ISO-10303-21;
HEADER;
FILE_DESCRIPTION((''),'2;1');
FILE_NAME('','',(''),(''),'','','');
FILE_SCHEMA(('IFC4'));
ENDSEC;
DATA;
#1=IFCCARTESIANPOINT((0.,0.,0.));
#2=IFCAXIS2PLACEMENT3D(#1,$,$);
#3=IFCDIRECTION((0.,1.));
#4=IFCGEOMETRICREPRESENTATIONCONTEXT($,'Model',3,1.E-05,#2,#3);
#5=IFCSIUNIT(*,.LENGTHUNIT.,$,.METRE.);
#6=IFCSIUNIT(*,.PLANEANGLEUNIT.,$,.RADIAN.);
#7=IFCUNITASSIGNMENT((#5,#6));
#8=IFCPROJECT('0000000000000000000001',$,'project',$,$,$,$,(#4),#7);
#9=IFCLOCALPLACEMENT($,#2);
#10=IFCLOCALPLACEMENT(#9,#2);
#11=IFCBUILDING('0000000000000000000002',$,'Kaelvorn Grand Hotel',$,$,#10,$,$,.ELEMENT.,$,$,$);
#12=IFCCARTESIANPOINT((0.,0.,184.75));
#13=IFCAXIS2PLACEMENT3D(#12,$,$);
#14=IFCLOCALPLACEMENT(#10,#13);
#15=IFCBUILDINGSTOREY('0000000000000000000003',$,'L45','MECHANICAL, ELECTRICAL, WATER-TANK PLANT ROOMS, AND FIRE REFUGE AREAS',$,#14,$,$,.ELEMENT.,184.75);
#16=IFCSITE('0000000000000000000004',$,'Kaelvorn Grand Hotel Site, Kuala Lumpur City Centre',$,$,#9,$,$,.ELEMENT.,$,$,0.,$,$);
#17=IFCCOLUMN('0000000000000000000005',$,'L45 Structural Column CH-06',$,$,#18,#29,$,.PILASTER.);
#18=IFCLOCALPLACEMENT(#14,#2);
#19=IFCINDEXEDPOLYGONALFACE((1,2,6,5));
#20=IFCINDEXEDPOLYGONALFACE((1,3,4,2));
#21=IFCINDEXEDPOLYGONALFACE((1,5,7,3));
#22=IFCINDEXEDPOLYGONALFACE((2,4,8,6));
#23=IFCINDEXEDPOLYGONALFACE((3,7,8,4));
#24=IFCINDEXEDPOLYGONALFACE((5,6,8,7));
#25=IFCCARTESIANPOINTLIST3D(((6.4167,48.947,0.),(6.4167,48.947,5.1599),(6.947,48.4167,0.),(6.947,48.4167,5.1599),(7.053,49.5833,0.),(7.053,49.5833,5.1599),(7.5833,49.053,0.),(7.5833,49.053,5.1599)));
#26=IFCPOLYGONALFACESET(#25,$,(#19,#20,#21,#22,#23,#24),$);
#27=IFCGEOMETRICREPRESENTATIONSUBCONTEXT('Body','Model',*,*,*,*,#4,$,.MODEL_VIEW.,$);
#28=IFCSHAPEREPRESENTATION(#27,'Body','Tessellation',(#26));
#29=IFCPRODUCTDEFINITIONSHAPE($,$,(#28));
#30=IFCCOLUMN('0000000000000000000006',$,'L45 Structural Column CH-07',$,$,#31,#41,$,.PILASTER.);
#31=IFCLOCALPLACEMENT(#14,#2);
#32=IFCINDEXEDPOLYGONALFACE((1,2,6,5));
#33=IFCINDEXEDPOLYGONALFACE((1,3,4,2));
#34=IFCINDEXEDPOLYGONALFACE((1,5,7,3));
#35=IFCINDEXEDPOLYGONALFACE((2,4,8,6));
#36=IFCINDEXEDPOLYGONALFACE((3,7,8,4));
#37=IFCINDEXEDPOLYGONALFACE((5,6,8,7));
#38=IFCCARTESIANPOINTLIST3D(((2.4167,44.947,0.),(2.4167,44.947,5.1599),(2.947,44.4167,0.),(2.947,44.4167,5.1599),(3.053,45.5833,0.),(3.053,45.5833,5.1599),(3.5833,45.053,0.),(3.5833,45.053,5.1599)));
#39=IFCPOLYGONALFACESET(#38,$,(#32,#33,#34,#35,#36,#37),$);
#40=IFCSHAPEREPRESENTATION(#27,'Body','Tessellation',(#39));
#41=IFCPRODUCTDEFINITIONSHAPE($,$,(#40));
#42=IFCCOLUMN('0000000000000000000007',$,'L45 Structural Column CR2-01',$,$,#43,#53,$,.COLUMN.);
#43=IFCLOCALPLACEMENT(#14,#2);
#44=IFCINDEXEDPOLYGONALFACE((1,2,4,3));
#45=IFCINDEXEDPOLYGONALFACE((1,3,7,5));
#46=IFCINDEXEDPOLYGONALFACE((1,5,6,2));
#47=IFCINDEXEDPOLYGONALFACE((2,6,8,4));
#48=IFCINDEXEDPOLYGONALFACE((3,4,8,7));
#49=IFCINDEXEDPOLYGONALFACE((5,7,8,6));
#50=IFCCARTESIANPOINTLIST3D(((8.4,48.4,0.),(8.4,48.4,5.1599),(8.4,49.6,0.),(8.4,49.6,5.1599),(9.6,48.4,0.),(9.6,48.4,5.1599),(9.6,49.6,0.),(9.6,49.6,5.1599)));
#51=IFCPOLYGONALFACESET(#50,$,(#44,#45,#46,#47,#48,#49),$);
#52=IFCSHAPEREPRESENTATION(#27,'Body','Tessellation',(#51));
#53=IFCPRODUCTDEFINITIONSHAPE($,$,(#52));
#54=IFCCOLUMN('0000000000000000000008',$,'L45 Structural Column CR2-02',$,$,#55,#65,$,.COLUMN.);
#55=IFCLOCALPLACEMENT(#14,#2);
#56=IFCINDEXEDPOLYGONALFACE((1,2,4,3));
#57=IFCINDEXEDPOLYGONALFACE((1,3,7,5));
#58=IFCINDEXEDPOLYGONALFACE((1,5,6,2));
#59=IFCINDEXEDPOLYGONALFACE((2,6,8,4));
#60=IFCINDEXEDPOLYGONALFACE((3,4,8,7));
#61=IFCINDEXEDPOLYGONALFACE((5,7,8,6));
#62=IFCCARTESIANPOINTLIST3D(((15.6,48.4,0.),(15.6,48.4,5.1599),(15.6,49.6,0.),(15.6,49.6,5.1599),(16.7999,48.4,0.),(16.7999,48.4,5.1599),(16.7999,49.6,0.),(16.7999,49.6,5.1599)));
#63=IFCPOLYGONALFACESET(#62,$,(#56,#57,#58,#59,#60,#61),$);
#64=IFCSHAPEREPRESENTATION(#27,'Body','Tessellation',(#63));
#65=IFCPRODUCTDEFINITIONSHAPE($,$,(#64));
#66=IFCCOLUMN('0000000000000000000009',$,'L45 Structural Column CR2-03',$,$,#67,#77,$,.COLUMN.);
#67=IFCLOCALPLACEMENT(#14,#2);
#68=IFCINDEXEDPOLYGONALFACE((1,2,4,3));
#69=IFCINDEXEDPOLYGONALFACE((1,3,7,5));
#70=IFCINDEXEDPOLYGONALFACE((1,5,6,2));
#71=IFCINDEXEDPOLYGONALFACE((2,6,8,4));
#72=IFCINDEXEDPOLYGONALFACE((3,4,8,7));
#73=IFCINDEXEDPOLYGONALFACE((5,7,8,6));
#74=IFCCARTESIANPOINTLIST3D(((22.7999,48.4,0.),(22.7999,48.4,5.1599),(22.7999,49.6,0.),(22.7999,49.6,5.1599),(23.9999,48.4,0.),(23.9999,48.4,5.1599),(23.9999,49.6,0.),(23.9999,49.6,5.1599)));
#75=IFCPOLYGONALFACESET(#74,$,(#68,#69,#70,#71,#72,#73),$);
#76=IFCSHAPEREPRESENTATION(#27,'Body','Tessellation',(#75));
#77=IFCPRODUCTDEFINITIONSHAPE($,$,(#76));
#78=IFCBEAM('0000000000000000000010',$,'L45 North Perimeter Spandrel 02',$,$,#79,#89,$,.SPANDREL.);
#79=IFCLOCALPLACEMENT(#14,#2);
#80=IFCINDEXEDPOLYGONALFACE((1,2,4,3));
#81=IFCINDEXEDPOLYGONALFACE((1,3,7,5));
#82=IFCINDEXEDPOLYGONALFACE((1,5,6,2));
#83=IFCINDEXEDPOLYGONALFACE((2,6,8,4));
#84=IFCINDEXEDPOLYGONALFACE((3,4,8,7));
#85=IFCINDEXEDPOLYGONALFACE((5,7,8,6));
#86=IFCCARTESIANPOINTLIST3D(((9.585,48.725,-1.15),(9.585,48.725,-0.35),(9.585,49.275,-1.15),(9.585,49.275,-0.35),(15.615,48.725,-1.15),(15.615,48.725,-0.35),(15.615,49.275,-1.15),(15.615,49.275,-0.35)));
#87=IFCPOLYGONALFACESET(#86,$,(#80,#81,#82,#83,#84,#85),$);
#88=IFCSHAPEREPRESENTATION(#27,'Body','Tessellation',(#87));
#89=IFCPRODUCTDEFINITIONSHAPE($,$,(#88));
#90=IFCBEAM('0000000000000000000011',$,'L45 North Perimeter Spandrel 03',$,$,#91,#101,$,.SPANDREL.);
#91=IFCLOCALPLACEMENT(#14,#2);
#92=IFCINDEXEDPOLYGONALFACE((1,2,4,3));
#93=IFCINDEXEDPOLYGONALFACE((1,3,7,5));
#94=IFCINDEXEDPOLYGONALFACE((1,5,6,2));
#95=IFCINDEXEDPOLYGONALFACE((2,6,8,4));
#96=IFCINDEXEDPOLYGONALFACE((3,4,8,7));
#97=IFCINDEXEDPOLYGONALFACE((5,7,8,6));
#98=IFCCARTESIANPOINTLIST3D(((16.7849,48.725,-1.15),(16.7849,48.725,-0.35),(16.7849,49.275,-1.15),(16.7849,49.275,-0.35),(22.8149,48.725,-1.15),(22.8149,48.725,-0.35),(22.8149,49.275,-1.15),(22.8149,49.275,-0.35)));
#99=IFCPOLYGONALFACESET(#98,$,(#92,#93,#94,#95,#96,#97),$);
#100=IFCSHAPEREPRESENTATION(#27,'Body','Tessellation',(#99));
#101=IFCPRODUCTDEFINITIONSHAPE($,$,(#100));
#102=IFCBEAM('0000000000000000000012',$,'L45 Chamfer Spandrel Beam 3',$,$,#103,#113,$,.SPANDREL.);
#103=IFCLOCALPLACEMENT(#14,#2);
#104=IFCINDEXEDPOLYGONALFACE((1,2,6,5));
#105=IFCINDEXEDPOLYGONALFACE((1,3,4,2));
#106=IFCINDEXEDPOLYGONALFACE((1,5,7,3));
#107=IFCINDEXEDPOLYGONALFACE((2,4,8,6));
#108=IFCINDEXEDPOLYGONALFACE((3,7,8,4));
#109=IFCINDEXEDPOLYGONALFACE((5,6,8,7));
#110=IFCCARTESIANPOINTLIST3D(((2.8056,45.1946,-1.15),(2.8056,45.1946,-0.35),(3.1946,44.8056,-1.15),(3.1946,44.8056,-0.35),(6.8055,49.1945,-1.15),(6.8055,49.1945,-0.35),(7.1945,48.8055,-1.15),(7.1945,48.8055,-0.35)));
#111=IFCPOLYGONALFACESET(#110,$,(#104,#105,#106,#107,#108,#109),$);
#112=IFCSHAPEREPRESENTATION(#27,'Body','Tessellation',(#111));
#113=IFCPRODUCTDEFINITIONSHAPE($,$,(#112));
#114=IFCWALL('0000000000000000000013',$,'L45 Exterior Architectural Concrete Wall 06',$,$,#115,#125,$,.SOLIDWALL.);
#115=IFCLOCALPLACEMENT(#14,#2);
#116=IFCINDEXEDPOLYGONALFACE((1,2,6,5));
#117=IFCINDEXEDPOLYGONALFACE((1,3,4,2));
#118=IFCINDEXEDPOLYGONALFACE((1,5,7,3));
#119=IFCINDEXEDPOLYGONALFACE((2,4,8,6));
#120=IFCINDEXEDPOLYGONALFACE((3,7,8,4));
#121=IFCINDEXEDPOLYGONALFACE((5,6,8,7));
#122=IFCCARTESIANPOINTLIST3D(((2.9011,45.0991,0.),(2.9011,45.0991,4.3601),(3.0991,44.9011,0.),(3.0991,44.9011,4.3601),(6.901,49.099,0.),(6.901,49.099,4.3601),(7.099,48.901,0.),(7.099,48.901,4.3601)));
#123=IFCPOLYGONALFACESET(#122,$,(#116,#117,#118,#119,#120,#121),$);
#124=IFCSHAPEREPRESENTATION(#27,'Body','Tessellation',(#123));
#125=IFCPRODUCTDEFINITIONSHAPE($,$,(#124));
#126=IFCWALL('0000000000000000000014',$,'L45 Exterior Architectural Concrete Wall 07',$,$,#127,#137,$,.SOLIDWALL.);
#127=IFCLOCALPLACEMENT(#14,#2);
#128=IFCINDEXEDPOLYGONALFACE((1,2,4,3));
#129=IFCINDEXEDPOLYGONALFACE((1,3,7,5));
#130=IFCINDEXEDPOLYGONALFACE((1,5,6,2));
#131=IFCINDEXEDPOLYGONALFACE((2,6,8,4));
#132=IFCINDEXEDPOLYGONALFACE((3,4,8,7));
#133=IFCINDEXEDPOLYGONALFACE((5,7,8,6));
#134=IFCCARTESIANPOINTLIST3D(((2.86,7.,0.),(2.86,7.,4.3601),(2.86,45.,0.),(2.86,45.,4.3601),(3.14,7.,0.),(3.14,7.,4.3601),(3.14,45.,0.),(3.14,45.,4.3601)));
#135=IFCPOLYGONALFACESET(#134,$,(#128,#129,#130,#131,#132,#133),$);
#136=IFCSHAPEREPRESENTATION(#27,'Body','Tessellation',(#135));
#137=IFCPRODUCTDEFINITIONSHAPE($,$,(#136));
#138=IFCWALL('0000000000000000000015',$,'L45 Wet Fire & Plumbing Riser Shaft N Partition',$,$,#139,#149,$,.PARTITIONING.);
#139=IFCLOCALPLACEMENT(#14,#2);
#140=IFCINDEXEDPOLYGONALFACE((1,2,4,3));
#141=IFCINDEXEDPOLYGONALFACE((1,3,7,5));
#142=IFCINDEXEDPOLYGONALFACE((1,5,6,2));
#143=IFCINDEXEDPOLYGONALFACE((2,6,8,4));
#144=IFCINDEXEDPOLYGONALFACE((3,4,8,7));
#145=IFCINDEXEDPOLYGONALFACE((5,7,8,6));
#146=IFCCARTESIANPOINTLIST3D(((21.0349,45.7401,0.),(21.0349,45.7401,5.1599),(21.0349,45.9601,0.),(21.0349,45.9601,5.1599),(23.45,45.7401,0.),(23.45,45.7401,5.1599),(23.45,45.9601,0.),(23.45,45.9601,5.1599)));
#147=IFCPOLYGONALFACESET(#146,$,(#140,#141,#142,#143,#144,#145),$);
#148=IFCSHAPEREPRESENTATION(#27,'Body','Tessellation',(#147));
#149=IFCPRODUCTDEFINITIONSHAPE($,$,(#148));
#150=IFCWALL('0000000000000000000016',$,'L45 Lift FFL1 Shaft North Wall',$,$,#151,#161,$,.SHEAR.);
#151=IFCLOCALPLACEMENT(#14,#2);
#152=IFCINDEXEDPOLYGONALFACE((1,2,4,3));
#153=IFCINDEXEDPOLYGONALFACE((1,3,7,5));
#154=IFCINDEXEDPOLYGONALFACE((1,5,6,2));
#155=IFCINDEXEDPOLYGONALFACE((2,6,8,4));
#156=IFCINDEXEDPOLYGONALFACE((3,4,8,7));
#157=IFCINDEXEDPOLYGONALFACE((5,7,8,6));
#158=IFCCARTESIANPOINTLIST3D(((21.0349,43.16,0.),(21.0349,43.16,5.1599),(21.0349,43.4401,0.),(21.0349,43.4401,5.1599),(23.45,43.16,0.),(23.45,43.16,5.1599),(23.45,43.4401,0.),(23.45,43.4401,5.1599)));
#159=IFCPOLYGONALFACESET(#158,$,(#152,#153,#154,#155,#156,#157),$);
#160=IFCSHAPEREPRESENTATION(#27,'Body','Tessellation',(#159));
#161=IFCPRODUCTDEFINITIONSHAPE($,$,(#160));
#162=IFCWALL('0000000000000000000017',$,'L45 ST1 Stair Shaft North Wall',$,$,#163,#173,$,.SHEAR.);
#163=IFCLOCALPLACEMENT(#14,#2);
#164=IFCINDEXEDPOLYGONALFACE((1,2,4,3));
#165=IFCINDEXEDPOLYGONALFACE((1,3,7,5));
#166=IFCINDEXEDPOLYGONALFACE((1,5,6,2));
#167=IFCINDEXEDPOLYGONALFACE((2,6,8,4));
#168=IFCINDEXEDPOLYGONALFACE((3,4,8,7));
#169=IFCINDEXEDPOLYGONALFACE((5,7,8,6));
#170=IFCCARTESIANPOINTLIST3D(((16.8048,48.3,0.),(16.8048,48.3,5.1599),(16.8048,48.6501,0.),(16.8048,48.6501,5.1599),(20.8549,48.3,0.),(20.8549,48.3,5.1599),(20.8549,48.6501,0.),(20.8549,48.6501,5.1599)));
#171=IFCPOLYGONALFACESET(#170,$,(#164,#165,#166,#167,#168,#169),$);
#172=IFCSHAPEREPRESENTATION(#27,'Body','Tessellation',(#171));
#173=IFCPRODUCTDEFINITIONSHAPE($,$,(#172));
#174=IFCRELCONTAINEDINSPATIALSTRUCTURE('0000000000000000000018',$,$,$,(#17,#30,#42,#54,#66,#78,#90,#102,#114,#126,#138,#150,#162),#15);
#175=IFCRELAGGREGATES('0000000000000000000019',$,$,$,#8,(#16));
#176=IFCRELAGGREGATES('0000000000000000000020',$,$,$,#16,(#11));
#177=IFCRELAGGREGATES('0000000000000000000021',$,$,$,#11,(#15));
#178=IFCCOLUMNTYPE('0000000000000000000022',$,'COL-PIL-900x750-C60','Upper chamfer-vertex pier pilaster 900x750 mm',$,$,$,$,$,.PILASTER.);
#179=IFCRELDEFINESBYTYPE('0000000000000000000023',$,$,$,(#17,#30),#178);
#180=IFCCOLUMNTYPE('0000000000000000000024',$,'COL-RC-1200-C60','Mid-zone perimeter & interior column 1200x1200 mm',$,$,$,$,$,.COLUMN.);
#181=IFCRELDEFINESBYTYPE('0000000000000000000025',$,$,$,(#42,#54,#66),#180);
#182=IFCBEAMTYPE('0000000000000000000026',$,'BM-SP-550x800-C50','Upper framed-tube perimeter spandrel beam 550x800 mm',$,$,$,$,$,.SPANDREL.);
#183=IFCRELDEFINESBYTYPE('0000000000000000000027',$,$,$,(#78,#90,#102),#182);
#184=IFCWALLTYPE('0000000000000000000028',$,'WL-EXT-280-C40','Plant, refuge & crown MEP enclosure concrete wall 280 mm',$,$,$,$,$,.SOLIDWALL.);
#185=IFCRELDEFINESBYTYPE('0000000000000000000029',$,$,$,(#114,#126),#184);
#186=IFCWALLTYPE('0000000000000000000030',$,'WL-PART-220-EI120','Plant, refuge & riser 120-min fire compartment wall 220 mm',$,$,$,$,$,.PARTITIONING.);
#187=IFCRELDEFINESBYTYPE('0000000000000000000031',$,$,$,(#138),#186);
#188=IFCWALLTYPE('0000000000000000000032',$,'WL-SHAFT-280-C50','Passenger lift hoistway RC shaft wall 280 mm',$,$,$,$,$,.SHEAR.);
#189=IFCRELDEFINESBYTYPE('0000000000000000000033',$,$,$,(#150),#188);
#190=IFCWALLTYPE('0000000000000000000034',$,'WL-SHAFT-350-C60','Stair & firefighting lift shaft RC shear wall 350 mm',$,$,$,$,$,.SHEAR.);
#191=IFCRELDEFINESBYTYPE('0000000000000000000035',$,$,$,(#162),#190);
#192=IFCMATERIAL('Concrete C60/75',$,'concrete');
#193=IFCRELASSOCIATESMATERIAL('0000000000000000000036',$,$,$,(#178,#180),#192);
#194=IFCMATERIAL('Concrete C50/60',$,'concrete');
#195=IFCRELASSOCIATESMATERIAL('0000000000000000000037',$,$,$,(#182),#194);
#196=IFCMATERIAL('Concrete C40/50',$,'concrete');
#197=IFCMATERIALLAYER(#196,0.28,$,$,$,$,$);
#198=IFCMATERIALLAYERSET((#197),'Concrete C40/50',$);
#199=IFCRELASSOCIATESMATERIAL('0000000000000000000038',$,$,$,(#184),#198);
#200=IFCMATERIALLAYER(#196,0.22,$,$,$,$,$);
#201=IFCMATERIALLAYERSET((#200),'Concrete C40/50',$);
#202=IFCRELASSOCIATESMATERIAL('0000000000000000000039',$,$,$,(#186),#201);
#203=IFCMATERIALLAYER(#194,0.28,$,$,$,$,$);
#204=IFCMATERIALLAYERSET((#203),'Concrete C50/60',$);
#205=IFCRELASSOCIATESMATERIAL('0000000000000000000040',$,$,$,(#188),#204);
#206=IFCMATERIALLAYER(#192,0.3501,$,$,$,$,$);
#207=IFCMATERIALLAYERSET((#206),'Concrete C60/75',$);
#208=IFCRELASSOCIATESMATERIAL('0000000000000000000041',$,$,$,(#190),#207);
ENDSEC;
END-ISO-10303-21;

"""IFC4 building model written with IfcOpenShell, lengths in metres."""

from ifc_helpers import new_model, si_unit, direction, frame, frame_2d, origin, origin_2d, place, context, subcontext, project, spatial, rectangle, extrude, material, layer, layer_set, material_profile, profile_set, type_object, element, save


model = new_model("IFC4")

# Units and contexts
model_context = context("Model", 3, precision=1e-05, world=origin(), true_north=direction((0.0, 1.0)))
body_context = subcontext(model_context, "Body", "Model", "MODEL_VIEW")
ifc_project = project(units=[si_unit("LENGTHUNIT", "METRE"), si_unit("PLANEANGLEUNIT", "RADIAN")], contexts=[model_context])

# Site, building, storey
site_placement = place(None, origin())
site = spatial("IfcSite", under=ifc_project, at=site_placement, Name="Kaelvorn Grand Hotel Site, Kuala Lumpur City Centre", CompositionType="ELEMENT", RefElevation=0.0)
building_placement = place(site_placement, origin())
building = spatial("IfcBuilding", under=site, at=building_placement, Name="Kaelvorn Grand Hotel", CompositionType="ELEMENT")
storey_placement = place(building_placement, frame((0.0, 0.0, 184.75)))
storey = spatial("IfcBuildingStorey", under=building, at=storey_placement, Name="L45", Description="MECHANICAL, ELECTRICAL, WATER-TANK PLANT ROOMS, AND FIRE REFUGE AREAS", CompositionType="ELEMENT", Elevation=184.75)

# Columns
ifc_material_1 = material(Name="Concrete C60/75", Category="concrete")
ifc_material_profile_1 = material_profile(ifc_material_1, rectangle(XDim=0.8999, YDim=0.75, at=origin_2d()), Name="RC PILASTER 900x750")
ifc_profile_set_1 = profile_set([ifc_material_profile_1], Name="Concrete C60/75")
column_type_1 = type_object("IfcColumnType", Name="COL-PIL-900x750-C60", Description="Upper chamfer-vertex pier pilaster 900x750 mm", PredefinedType="PILASTER", material=ifc_profile_set_1)
for number, where, z_axis, x_axis, name in (
    (1, (7.0, 49.0, 0.0), (0.0, 0.0, 1.0), (0.707107, 0.707107, 0.0), "L45 Structural Column CH-06"),
    (2, (3.0, 45.0, 0.0), (0.0, 0.0, 1.0), (0.707107, 0.707107, 0.0), "L45 Structural Column CH-07"),
):
    element("IfcColumn", number, at=place(storey_placement, frame(where, z_axis=z_axis, x_axis=x_axis)), inside=storey, type_object=column_type_1, Name=name, PredefinedType="PILASTER", context=body_context, shape_type="SweptSolid", body=[
        extrude(rectangle(XDim=0.8999, YDim=0.75, at=origin_2d()), origin(), (0.0, 0.0, 1.0), 5.1599),
    ])
ifc_material_profile_2 = material_profile(ifc_material_1, rectangle(XDim=1.2, YDim=1.2, at=origin_2d()), Name="RC COL 1200x1200")
ifc_profile_set_2 = profile_set([ifc_material_profile_2], Name="Concrete C60/75")
column_type_2 = type_object("IfcColumnType", Name="COL-RC-1200-C60", Description="Mid-zone perimeter & interior column 1200x1200 mm", PredefinedType="COLUMN", material=ifc_profile_set_2)
for number, where, z_axis, x_axis, name in (
    (3, (9.0, 49.0, 0.0), (0.0, 0.0, 1.0), (1.0, 0.0, 0.0), "L45 Structural Column CR2-01"),
    (4, (16.2, 49.0, 0.0), (0.0, 0.0, 1.0), (1.0, 0.0, 0.0), "L45 Structural Column CR2-02"),
    (5, (23.3999, 49.0, 0.0), (0.0, 0.0, 1.0), (1.0, 0.0, 0.0), "L45 Structural Column CR2-03"),
):
    element("IfcColumn", number, at=place(storey_placement, frame(where, z_axis=z_axis, x_axis=x_axis)), inside=storey, type_object=column_type_2, Name=name, PredefinedType="COLUMN", context=body_context, shape_type="SweptSolid", body=[
        extrude(rectangle(XDim=1.2, YDim=1.2, at=origin_2d()), origin(), (0.0, 0.0, 1.0), 5.1599),
    ])

# Beams
ifc_material_2 = material(Name="Concrete C50/60", Category="concrete")
ifc_material_profile_3 = material_profile(ifc_material_2, rectangle(XDim=0.55, YDim=0.8, at=origin_2d()), Name="RC SPANDREL 550x800")
ifc_profile_set_3 = profile_set([ifc_material_profile_3], Name="Concrete C50/60")
beam_type = type_object("IfcBeamType", Name="BM-SP-550x800-C50", Description="Upper framed-tube perimeter spandrel beam 550x800 mm", PredefinedType="SPANDREL", material=ifc_profile_set_3)
for number, where, z_axis, x_axis, name in (
    (6, (9.585, 49.0, -0.75), (1.0, 0.0, 0.0), (0.0, 1.0, 0.0), "L45 North Perimeter Spandrel 02"),
    (7, (16.7849, 49.0, -0.75), (1.0, 0.0, 0.0), (0.0, 1.0, 0.0), "L45 North Perimeter Spandrel 03"),
):
    element("IfcBeam", number, at=place(storey_placement, frame(where, z_axis=z_axis, x_axis=x_axis)), inside=storey, type_object=beam_type, Name=name, PredefinedType="SPANDREL", context=body_context, shape_type="SweptSolid", body=[
        extrude(rectangle(XDim=0.55, YDim=0.8, at=origin_2d()), origin(), (0.0, 0.0, 1.0), 6.03),
    ])
beam_placement = place(storey_placement, frame((7.0, 49.0, -0.75), z_axis=(-0.707107, -0.707107, 0.0), x_axis=(0.707107, -0.707107, 0.0)))
element("IfcBeam", 8, at=beam_placement, inside=storey, type_object=beam_type, Name="L45 Chamfer Spandrel Beam 3", PredefinedType="SPANDREL", context=body_context, shape_type="SweptSolid", body=[
    extrude(rectangle(XDim=0.55, YDim=0.8, at=origin_2d()), origin(), (0.0, 0.0, 1.0), 5.6567),
])

# Walls
ifc_material_3 = material(Name="Concrete C40/50", Category="concrete")
ifc_layer_1 = layer(ifc_material_3, 0.28)
ifc_layer_set_1 = layer_set([ifc_layer_1], Name="Concrete C40/50")
wall_type_1 = type_object("IfcWallType", Name="WL-EXT-280-C40", Description="Plant, refuge & crown MEP enclosure concrete wall 280 mm", PredefinedType="SOLIDWALL", material=ifc_layer_set_1)
wall_1_placement = place(storey_placement, frame((7.0, 49.0, 0.0), z_axis=(0.0, 0.0, 1.0), x_axis=(-0.707107, -0.707107, 0.0)))
element("IfcWall", 9, at=wall_1_placement, inside=storey, type_object=wall_type_1, Name="L45 Exterior Architectural Concrete Wall 06", PredefinedType="SOLIDWALL", context=body_context, shape_type="SweptSolid", body=[
    extrude(rectangle(XDim=5.6567, YDim=0.28, at=frame_2d((2.8284, 0.0))), origin(), (0.0, 0.0, 1.0), 4.3601),
])
wall_2_placement = place(storey_placement, frame((3.0, 45.0, 0.0), z_axis=(0.0, 0.0, 1.0), x_axis=(0.0, -1.0, 0.0)))
element("IfcWall", 10, at=wall_2_placement, inside=storey, type_object=wall_type_1, Name="L45 Exterior Architectural Concrete Wall 07", PredefinedType="SOLIDWALL", context=body_context, shape_type="SweptSolid", body=[
    extrude(rectangle(XDim=38.0, YDim=0.28, at=frame_2d((19.0, 0.0))), origin(), (0.0, 0.0, 1.0), 4.3601),
])
ifc_layer_2 = layer(ifc_material_3, 0.22)
ifc_layer_set_2 = layer_set([ifc_layer_2], Name="Concrete C40/50")
wall_type_2 = type_object("IfcWallType", Name="WL-PART-220-EI120", Description="Plant, refuge & riser 120-min fire compartment wall 220 mm", PredefinedType="PARTITIONING", material=ifc_layer_set_2)
wall_3_placement = place(storey_placement, frame((21.0349, 45.8501, 0.0), z_axis=(0.0, 0.0, 1.0), x_axis=(1.0, 0.0, 0.0)))
element("IfcWall", 11, at=wall_3_placement, inside=storey, type_object=wall_type_2, Name="L45 Wet Fire & Plumbing Riser Shaft N Partition", PredefinedType="PARTITIONING", context=body_context, shape_type="SweptSolid", body=[
    extrude(rectangle(XDim=2.415, YDim=0.22, at=frame_2d((1.2075, 0.0))), origin(), (0.0, 0.0, 1.0), 5.1599),
])
ifc_layer_3 = layer(ifc_material_2, 0.28)
ifc_layer_set_3 = layer_set([ifc_layer_3], Name="Concrete C50/60")
wall_type_3 = type_object("IfcWallType", Name="WL-SHAFT-280-C50", Description="Passenger lift hoistway RC shaft wall 280 mm", PredefinedType="SHEAR", material=ifc_layer_set_3)
wall_4_placement = place(storey_placement, frame((21.0349, 43.3, 0.0), z_axis=(0.0, 0.0, 1.0), x_axis=(1.0, 0.0, 0.0)))
element("IfcWall", 12, at=wall_4_placement, inside=storey, type_object=wall_type_3, Name="L45 Lift FFL1 Shaft North Wall", PredefinedType="SHEAR", context=body_context, shape_type="SweptSolid", body=[
    extrude(rectangle(XDim=2.415, YDim=0.28, at=frame_2d((1.2075, 0.0))), origin(), (0.0, 0.0, 1.0), 5.1599),
])
ifc_layer_4 = layer(ifc_material_1, 0.3501)
ifc_layer_set_4 = layer_set([ifc_layer_4], Name="Concrete C60/75")
wall_type_4 = type_object("IfcWallType", Name="WL-SHAFT-350-C60", Description="Stair & firefighting lift shaft RC shear wall 350 mm", PredefinedType="SHEAR", material=ifc_layer_set_4)
wall_5_placement = place(storey_placement, frame((16.8049, 48.4751, 0.0), z_axis=(0.0, 0.0, 1.0), x_axis=(1.0, 0.0, 0.0)))
element("IfcWall", 13, at=wall_5_placement, inside=storey, type_object=wall_type_4, Name="L45 ST1 Stair Shaft North Wall", PredefinedType="SHEAR", context=body_context, shape_type="SweptSolid", body=[
    extrude(rectangle(XDim=4.05, YDim=0.3501, at=frame_2d((2.0249, 0.0))), origin(), (0.0, 0.0, 1.0), 5.1599),
])

save(model, "model.ifc")
